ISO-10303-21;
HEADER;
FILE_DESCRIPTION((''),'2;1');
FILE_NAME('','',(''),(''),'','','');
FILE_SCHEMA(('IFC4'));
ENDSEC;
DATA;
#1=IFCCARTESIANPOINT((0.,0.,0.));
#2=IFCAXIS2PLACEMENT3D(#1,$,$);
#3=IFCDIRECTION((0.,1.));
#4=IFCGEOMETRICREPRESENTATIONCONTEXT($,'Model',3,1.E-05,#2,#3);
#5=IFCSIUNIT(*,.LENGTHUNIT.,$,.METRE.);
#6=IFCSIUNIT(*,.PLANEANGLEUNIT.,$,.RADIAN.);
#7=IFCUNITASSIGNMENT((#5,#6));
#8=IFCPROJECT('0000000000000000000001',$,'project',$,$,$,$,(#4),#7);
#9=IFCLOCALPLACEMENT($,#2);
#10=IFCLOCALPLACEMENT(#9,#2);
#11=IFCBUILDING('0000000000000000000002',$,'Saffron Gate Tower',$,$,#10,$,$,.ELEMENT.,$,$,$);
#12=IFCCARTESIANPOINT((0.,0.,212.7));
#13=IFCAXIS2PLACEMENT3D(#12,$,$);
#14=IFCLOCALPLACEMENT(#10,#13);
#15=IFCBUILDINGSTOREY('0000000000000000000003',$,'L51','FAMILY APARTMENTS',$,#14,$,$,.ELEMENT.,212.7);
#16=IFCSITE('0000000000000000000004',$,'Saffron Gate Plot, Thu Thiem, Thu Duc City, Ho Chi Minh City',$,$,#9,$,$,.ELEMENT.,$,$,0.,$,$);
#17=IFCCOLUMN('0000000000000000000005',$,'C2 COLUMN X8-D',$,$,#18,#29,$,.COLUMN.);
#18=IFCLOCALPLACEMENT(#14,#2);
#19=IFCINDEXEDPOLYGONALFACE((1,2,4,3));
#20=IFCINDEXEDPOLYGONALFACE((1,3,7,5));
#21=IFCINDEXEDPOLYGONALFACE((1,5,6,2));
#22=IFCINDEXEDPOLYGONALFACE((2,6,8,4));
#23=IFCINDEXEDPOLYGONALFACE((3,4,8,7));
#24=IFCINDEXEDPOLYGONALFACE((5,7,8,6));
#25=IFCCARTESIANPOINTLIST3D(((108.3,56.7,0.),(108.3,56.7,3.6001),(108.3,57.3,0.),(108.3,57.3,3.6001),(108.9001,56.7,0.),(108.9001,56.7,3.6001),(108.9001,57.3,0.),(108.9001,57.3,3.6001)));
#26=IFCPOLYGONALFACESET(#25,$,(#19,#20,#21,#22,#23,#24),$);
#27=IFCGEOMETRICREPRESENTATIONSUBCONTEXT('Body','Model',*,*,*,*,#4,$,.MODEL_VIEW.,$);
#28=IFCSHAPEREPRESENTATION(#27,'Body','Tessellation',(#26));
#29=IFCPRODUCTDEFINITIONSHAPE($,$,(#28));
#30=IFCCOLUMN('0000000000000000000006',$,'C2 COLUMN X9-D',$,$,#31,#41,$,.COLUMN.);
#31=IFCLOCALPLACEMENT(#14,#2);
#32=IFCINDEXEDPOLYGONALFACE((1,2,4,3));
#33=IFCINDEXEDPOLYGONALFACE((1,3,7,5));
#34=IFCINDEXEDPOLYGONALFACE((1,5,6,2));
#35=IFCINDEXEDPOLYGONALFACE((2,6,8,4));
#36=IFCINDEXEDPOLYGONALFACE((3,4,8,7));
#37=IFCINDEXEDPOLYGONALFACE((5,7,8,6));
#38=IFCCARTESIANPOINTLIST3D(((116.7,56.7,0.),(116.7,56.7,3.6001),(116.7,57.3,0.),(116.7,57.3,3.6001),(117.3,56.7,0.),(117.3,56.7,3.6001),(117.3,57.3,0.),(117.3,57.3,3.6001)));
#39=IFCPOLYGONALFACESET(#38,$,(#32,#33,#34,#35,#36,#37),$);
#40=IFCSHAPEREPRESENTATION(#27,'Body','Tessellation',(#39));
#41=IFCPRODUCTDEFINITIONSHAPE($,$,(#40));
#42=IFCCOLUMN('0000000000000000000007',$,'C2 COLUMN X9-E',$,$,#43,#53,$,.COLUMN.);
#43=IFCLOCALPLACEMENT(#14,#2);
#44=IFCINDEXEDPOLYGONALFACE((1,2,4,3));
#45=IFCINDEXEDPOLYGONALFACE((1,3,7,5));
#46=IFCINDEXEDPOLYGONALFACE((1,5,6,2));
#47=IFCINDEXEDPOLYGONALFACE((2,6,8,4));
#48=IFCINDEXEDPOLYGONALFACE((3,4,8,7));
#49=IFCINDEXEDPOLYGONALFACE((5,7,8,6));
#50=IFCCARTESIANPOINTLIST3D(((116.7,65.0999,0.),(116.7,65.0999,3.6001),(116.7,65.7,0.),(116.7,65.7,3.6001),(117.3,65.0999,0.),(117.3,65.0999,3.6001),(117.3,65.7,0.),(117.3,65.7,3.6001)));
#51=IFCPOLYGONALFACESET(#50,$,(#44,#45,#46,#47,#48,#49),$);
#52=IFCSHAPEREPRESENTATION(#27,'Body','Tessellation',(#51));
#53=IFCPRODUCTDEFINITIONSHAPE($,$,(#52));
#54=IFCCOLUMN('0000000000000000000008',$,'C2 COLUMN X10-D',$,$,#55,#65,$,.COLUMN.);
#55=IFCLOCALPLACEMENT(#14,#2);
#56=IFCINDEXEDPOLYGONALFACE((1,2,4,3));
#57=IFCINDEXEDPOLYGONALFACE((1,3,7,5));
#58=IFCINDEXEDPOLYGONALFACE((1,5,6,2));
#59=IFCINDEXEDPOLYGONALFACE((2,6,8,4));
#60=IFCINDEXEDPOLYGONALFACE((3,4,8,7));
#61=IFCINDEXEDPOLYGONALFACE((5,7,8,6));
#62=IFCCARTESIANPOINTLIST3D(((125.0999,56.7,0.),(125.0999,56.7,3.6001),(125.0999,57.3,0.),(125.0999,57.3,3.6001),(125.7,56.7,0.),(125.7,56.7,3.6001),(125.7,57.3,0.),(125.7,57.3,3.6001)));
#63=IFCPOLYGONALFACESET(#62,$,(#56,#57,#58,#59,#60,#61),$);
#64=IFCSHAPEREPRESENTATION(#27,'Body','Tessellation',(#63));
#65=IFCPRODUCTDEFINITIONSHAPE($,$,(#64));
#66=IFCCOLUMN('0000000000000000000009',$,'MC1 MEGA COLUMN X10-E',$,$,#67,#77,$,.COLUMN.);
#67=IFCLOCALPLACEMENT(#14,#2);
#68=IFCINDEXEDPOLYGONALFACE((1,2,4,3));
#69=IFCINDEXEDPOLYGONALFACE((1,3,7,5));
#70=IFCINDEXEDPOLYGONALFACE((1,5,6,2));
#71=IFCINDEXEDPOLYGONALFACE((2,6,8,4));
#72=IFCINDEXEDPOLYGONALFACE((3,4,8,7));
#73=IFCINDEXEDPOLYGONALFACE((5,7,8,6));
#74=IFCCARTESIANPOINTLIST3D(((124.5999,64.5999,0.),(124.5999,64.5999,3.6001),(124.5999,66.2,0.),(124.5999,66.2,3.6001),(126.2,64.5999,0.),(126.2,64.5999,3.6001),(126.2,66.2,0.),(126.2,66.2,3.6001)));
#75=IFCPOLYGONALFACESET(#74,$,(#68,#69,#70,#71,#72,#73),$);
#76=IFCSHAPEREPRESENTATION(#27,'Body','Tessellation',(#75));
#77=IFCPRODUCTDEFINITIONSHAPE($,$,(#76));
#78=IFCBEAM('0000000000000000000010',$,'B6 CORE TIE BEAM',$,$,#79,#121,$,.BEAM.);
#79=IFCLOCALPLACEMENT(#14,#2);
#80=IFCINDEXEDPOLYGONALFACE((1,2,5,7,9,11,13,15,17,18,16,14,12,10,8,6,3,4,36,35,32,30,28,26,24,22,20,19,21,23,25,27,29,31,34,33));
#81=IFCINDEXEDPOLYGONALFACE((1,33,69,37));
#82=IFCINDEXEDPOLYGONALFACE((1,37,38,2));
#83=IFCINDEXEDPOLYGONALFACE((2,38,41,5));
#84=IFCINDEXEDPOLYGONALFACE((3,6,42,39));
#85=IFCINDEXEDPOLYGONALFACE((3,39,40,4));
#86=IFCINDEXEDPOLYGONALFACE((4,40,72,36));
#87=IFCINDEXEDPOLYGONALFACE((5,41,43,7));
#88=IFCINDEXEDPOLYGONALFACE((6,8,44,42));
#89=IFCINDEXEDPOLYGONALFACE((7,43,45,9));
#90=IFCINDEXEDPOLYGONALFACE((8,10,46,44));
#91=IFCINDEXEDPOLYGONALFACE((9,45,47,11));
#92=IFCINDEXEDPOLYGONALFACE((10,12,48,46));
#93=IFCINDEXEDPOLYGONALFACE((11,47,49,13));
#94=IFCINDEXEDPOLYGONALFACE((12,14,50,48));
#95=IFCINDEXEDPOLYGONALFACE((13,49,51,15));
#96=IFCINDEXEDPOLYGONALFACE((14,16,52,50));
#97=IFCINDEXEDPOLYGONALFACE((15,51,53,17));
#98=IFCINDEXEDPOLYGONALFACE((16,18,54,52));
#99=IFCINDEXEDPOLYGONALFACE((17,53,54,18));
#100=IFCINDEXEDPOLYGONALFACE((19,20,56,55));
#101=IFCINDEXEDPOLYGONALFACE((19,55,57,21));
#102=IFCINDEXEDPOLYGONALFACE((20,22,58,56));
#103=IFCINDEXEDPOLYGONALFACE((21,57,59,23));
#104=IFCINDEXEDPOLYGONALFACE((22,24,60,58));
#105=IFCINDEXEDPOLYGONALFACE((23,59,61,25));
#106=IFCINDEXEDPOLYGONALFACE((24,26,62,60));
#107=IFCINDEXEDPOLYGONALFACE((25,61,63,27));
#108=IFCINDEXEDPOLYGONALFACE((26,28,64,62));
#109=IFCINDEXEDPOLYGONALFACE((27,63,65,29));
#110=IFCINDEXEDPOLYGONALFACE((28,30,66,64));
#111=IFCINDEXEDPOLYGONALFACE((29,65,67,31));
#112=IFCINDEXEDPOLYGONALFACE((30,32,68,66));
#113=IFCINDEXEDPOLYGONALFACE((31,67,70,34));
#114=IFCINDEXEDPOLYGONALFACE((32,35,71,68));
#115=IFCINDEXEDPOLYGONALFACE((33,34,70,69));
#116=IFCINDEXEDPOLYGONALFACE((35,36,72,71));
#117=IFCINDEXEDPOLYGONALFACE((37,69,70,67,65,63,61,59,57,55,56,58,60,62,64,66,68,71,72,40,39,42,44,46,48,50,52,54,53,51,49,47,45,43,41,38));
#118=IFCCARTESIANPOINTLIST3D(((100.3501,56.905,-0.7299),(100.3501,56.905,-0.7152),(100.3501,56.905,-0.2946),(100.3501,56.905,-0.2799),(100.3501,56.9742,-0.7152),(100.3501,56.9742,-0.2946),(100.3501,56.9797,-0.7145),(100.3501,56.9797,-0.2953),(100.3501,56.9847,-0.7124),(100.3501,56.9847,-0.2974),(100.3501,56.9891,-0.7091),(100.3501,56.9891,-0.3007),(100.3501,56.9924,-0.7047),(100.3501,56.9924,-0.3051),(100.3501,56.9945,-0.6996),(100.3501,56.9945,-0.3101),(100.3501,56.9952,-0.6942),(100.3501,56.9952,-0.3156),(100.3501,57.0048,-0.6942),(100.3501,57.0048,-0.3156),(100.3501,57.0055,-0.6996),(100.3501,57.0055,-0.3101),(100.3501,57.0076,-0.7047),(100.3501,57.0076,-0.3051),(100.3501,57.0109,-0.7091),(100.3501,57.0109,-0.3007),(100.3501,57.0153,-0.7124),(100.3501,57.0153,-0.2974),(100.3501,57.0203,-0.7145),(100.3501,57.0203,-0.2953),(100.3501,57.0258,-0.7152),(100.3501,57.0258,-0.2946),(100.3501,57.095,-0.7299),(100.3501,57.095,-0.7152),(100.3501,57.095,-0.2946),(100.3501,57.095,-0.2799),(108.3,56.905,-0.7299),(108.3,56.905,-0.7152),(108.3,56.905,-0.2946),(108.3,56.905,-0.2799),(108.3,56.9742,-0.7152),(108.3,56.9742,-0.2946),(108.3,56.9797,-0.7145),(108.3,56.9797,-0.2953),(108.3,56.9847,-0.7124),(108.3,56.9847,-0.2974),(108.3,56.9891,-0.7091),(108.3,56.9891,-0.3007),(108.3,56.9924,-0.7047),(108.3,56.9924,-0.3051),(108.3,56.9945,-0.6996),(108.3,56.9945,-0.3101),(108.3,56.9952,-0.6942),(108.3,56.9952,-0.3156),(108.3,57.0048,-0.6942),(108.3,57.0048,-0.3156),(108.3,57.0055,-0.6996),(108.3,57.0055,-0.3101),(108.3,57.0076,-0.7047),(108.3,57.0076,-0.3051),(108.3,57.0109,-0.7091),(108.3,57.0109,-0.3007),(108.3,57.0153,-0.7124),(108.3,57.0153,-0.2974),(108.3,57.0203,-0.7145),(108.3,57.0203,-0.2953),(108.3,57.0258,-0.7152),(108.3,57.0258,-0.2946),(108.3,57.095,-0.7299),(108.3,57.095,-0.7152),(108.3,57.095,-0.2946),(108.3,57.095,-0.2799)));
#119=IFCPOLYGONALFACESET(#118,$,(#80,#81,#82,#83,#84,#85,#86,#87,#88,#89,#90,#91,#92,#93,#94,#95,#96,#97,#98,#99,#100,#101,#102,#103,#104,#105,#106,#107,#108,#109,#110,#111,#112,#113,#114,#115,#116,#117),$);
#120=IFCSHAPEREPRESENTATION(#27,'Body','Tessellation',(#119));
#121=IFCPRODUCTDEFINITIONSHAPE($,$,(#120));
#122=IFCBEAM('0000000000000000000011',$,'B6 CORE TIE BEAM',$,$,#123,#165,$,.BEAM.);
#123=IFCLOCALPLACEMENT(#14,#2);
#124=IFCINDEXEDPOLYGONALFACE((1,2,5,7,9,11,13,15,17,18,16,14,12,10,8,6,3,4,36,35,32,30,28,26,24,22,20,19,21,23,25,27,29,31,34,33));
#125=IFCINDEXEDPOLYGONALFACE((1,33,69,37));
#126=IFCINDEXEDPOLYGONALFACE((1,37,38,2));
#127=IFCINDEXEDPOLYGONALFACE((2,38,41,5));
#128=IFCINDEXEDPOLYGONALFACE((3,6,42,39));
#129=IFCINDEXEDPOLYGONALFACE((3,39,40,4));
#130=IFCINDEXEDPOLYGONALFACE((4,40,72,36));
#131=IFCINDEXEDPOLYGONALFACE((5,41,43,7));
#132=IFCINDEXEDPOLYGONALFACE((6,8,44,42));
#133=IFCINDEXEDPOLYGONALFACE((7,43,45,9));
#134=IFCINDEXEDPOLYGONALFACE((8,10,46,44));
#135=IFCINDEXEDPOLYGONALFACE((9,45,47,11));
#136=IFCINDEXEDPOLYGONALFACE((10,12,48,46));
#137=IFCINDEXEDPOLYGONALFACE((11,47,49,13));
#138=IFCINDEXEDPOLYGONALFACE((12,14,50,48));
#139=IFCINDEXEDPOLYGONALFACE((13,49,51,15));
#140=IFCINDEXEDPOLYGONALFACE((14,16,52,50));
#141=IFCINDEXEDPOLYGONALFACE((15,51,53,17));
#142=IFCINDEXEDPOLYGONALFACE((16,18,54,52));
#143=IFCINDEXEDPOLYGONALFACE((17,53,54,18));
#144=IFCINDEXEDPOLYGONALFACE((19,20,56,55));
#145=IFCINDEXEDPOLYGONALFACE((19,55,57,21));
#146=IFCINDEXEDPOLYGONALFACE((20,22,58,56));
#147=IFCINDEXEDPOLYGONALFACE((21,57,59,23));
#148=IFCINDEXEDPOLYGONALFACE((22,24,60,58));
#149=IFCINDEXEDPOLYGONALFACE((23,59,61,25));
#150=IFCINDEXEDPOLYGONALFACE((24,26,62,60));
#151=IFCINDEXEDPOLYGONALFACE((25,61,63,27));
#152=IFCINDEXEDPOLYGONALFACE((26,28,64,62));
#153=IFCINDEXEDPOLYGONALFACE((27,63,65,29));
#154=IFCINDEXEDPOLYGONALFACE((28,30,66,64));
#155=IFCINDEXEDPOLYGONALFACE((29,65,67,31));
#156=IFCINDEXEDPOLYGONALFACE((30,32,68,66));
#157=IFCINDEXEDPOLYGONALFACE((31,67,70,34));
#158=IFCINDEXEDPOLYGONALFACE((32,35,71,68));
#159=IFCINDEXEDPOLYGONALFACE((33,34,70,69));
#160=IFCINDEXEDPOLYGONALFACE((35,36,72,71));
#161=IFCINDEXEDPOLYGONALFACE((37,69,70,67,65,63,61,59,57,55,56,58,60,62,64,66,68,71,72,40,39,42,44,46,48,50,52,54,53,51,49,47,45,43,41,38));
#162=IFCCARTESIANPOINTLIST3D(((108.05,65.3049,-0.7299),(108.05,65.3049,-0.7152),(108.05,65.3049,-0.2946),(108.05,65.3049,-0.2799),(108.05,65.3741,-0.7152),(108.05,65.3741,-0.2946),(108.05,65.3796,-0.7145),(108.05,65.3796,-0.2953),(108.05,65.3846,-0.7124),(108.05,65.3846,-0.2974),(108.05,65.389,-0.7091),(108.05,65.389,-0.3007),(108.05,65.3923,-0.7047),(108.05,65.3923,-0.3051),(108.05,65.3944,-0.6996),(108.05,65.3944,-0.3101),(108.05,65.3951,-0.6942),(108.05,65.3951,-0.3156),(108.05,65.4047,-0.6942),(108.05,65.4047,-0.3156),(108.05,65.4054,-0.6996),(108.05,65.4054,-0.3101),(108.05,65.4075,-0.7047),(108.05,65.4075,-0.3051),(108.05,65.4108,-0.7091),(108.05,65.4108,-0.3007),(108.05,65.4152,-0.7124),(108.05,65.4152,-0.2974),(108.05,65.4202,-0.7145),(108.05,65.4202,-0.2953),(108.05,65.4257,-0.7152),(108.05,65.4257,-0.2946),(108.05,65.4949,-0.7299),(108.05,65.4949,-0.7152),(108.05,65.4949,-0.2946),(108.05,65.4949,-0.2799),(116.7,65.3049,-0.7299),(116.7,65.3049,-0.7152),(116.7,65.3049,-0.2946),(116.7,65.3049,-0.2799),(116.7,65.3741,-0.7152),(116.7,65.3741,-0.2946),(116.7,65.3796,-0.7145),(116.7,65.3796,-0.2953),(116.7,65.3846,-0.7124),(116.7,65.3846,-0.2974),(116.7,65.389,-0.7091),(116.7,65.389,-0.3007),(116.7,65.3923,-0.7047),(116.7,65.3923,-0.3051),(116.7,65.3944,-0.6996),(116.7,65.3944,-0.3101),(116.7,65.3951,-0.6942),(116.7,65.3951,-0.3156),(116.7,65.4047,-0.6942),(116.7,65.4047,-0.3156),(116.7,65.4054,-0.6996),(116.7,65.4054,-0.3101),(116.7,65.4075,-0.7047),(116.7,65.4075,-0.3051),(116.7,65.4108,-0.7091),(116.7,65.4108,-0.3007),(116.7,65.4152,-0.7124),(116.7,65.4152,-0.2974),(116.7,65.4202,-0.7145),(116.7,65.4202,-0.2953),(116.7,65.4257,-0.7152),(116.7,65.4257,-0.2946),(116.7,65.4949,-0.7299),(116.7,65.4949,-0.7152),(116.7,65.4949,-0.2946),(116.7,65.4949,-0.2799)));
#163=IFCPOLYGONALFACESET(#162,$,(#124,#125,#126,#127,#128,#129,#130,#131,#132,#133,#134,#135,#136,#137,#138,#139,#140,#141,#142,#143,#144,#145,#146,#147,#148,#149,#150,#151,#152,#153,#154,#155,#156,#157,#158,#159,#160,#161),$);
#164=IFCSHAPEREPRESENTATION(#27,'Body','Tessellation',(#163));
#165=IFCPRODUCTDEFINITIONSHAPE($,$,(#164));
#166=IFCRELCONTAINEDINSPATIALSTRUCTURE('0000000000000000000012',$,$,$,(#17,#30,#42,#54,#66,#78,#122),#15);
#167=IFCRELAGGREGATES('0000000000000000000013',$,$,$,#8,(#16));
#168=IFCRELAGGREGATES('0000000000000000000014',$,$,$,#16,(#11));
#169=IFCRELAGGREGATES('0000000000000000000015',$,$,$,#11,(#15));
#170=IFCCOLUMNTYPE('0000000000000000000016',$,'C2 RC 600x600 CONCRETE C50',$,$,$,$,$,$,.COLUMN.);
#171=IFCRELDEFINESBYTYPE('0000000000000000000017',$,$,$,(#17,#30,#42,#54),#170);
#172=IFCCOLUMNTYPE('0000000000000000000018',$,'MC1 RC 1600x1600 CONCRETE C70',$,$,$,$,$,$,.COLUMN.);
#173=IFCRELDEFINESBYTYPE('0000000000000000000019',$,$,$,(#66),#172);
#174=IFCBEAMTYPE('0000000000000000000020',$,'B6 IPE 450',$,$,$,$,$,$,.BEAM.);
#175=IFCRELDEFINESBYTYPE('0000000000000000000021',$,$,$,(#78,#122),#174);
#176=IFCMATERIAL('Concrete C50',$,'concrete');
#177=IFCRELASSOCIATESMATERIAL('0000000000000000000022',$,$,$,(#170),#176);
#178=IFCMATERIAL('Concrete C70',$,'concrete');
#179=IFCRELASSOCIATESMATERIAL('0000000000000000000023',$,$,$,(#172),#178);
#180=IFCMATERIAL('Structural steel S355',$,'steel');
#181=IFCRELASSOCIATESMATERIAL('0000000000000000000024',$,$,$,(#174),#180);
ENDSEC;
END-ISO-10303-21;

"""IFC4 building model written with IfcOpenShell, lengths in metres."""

from ifc_helpers import new_model, si_unit, direction, frame, origin, origin_2d, place, context, subcontext, project, spatial, rectangle, i_section, extrude, material, material_profile, profile_set, type_object, element, save


model = new_model("IFC4")

# Units and contexts
model_context = context("Model", 3, precision=1e-05, world=origin(), true_north=direction((0.0, 1.0)))
body_context = subcontext(model_context, "Body", "Model", "MODEL_VIEW")
ifc_project = project(units=[si_unit("LENGTHUNIT", "METRE"), si_unit("PLANEANGLEUNIT", "RADIAN")], contexts=[model_context])

# Site, building, storey
site_placement = place(None, origin())
site = spatial("IfcSite", under=ifc_project, at=site_placement, Name="Saffron Gate Plot, Thu Thiem, Thu Duc City, Ho Chi Minh City", CompositionType="ELEMENT", RefElevation=0.0)
building_placement = place(site_placement, origin())
building = spatial("IfcBuilding", under=site, at=building_placement, Name="Saffron Gate Tower", CompositionType="ELEMENT")
storey_placement = place(building_placement, frame((0.0, 0.0, 212.7)))
storey = spatial("IfcBuildingStorey", under=building, at=storey_placement, Name="L51", Description="FAMILY APARTMENTS", CompositionType="ELEMENT", Elevation=212.7)

# Columns
ifc_material_1 = material(Name="Concrete C50", Category="concrete")
ifc_material_profile_1 = material_profile(ifc_material_1, rectangle(XDim=0.6001, YDim=0.6001, at=origin_2d()))
ifc_profile_set_1 = profile_set([ifc_material_profile_1], Name="Concrete C50")
column_type_1 = type_object("IfcColumnType", Name="C2 RC 600x600 CONCRETE C50", PredefinedType="COLUMN", material=ifc_profile_set_1)
for number, where, z_axis, x_axis, name in (
    (1, (108.6001, 57.0, 0.0), (0.0, 0.0, 1.0), (1.0, 0.0, 0.0), "C2 COLUMN X8-D"),
    (2, (117.0, 57.0, 0.0), (0.0, 0.0, 1.0), (1.0, 0.0, 0.0), "C2 COLUMN X9-D"),
    (3, (117.0, 65.3999, 0.0), (0.0, 0.0, 1.0), (1.0, 0.0, 0.0), "C2 COLUMN X9-E"),
    (4, (125.3999, 57.0, 0.0), (0.0, 0.0, 1.0), (1.0, 0.0, 0.0), "C2 COLUMN X10-D"),
):
    element("IfcColumn", number, at=place(storey_placement, frame(where, z_axis=z_axis, x_axis=x_axis)), inside=storey, type_object=column_type_1, Name=name, PredefinedType="COLUMN", context=body_context, shape_type="SweptSolid", body=[
        extrude(rectangle(XDim=0.6001, YDim=0.6001, at=origin_2d()), origin(), (0.0, 0.0, 1.0), 3.6001),
    ])
ifc_material_2 = material(Name="Concrete C70", Category="concrete")
ifc_material_profile_2 = material_profile(ifc_material_2, rectangle(XDim=1.6001, YDim=1.6001, at=origin_2d()))
ifc_profile_set_2 = profile_set([ifc_material_profile_2], Name="Concrete C70")
column_type_2 = type_object("IfcColumnType", Name="MC1 RC 1600x1600 CONCRETE C70", PredefinedType="COLUMN", material=ifc_profile_set_2)
column_placement = place(storey_placement, frame((125.3999, 65.3999, 0.0), z_axis=(0.0, 0.0, 1.0), x_axis=(1.0, 0.0, 0.0)))
element("IfcColumn", 5, at=column_placement, inside=storey, type_object=column_type_2, Name="MC1 MEGA COLUMN X10-E", PredefinedType="COLUMN", context=body_context, shape_type="SweptSolid", body=[
    extrude(rectangle(XDim=1.6001, YDim=1.6001, at=origin_2d()), origin(), (0.0, 0.0, 1.0), 3.6001),
])

# Beams
ifc_material_3 = material(Name="Structural steel S355", Category="steel")
ifc_material_profile_3 = material_profile(ifc_material_3, i_section(OverallWidth=0.1899, OverallDepth=0.45, WebThickness=0.0095, FlangeThickness=0.0146, FilletRadius=0.021, at=origin_2d()))
ifc_profile_set_3 = profile_set([ifc_material_profile_3], Name="Structural steel S355")
beam_type_1 = type_object("IfcBeamType", Name="B6 IPE 450", PredefinedType="BEAM", material=ifc_profile_set_3)
beam_1_placement = place(storey_placement, frame((108.3, 57.0, -0.5049), z_axis=(-1.0, 0.0, 0.0), x_axis=(0.0, -1.0, 0.0)))
element("IfcBeam", 6, at=beam_1_placement, inside=storey, type_object=beam_type_1, Name="B6 CORE TIE BEAM", PredefinedType="BEAM", context=body_context, shape_type="SweptSolid", body=[
    extrude(i_section(OverallWidth=0.1899, OverallDepth=0.45, WebThickness=0.0095, FlangeThickness=0.0146, FilletRadius=0.021, at=origin_2d()), origin(), (0.0, 0.0, 1.0), 7.95),
])
beam_2_placement = place(storey_placement, frame((116.7, 65.3999, -0.5049), z_axis=(-1.0, 0.0, 0.0), x_axis=(0.0, -1.0, 0.0)))
element("IfcBeam", 7, at=beam_2_placement, inside=storey, type_object=beam_type_1, Name="B6 CORE TIE BEAM", PredefinedType="BEAM", context=body_context, shape_type="SweptSolid", body=[
    extrude(i_section(OverallWidth=0.1899, OverallDepth=0.45, WebThickness=0.0095, FlangeThickness=0.0146, FilletRadius=0.021, at=origin_2d()), origin(), (0.0, 0.0, 1.0), 8.6499),
])

save(model, "model.ifc")
